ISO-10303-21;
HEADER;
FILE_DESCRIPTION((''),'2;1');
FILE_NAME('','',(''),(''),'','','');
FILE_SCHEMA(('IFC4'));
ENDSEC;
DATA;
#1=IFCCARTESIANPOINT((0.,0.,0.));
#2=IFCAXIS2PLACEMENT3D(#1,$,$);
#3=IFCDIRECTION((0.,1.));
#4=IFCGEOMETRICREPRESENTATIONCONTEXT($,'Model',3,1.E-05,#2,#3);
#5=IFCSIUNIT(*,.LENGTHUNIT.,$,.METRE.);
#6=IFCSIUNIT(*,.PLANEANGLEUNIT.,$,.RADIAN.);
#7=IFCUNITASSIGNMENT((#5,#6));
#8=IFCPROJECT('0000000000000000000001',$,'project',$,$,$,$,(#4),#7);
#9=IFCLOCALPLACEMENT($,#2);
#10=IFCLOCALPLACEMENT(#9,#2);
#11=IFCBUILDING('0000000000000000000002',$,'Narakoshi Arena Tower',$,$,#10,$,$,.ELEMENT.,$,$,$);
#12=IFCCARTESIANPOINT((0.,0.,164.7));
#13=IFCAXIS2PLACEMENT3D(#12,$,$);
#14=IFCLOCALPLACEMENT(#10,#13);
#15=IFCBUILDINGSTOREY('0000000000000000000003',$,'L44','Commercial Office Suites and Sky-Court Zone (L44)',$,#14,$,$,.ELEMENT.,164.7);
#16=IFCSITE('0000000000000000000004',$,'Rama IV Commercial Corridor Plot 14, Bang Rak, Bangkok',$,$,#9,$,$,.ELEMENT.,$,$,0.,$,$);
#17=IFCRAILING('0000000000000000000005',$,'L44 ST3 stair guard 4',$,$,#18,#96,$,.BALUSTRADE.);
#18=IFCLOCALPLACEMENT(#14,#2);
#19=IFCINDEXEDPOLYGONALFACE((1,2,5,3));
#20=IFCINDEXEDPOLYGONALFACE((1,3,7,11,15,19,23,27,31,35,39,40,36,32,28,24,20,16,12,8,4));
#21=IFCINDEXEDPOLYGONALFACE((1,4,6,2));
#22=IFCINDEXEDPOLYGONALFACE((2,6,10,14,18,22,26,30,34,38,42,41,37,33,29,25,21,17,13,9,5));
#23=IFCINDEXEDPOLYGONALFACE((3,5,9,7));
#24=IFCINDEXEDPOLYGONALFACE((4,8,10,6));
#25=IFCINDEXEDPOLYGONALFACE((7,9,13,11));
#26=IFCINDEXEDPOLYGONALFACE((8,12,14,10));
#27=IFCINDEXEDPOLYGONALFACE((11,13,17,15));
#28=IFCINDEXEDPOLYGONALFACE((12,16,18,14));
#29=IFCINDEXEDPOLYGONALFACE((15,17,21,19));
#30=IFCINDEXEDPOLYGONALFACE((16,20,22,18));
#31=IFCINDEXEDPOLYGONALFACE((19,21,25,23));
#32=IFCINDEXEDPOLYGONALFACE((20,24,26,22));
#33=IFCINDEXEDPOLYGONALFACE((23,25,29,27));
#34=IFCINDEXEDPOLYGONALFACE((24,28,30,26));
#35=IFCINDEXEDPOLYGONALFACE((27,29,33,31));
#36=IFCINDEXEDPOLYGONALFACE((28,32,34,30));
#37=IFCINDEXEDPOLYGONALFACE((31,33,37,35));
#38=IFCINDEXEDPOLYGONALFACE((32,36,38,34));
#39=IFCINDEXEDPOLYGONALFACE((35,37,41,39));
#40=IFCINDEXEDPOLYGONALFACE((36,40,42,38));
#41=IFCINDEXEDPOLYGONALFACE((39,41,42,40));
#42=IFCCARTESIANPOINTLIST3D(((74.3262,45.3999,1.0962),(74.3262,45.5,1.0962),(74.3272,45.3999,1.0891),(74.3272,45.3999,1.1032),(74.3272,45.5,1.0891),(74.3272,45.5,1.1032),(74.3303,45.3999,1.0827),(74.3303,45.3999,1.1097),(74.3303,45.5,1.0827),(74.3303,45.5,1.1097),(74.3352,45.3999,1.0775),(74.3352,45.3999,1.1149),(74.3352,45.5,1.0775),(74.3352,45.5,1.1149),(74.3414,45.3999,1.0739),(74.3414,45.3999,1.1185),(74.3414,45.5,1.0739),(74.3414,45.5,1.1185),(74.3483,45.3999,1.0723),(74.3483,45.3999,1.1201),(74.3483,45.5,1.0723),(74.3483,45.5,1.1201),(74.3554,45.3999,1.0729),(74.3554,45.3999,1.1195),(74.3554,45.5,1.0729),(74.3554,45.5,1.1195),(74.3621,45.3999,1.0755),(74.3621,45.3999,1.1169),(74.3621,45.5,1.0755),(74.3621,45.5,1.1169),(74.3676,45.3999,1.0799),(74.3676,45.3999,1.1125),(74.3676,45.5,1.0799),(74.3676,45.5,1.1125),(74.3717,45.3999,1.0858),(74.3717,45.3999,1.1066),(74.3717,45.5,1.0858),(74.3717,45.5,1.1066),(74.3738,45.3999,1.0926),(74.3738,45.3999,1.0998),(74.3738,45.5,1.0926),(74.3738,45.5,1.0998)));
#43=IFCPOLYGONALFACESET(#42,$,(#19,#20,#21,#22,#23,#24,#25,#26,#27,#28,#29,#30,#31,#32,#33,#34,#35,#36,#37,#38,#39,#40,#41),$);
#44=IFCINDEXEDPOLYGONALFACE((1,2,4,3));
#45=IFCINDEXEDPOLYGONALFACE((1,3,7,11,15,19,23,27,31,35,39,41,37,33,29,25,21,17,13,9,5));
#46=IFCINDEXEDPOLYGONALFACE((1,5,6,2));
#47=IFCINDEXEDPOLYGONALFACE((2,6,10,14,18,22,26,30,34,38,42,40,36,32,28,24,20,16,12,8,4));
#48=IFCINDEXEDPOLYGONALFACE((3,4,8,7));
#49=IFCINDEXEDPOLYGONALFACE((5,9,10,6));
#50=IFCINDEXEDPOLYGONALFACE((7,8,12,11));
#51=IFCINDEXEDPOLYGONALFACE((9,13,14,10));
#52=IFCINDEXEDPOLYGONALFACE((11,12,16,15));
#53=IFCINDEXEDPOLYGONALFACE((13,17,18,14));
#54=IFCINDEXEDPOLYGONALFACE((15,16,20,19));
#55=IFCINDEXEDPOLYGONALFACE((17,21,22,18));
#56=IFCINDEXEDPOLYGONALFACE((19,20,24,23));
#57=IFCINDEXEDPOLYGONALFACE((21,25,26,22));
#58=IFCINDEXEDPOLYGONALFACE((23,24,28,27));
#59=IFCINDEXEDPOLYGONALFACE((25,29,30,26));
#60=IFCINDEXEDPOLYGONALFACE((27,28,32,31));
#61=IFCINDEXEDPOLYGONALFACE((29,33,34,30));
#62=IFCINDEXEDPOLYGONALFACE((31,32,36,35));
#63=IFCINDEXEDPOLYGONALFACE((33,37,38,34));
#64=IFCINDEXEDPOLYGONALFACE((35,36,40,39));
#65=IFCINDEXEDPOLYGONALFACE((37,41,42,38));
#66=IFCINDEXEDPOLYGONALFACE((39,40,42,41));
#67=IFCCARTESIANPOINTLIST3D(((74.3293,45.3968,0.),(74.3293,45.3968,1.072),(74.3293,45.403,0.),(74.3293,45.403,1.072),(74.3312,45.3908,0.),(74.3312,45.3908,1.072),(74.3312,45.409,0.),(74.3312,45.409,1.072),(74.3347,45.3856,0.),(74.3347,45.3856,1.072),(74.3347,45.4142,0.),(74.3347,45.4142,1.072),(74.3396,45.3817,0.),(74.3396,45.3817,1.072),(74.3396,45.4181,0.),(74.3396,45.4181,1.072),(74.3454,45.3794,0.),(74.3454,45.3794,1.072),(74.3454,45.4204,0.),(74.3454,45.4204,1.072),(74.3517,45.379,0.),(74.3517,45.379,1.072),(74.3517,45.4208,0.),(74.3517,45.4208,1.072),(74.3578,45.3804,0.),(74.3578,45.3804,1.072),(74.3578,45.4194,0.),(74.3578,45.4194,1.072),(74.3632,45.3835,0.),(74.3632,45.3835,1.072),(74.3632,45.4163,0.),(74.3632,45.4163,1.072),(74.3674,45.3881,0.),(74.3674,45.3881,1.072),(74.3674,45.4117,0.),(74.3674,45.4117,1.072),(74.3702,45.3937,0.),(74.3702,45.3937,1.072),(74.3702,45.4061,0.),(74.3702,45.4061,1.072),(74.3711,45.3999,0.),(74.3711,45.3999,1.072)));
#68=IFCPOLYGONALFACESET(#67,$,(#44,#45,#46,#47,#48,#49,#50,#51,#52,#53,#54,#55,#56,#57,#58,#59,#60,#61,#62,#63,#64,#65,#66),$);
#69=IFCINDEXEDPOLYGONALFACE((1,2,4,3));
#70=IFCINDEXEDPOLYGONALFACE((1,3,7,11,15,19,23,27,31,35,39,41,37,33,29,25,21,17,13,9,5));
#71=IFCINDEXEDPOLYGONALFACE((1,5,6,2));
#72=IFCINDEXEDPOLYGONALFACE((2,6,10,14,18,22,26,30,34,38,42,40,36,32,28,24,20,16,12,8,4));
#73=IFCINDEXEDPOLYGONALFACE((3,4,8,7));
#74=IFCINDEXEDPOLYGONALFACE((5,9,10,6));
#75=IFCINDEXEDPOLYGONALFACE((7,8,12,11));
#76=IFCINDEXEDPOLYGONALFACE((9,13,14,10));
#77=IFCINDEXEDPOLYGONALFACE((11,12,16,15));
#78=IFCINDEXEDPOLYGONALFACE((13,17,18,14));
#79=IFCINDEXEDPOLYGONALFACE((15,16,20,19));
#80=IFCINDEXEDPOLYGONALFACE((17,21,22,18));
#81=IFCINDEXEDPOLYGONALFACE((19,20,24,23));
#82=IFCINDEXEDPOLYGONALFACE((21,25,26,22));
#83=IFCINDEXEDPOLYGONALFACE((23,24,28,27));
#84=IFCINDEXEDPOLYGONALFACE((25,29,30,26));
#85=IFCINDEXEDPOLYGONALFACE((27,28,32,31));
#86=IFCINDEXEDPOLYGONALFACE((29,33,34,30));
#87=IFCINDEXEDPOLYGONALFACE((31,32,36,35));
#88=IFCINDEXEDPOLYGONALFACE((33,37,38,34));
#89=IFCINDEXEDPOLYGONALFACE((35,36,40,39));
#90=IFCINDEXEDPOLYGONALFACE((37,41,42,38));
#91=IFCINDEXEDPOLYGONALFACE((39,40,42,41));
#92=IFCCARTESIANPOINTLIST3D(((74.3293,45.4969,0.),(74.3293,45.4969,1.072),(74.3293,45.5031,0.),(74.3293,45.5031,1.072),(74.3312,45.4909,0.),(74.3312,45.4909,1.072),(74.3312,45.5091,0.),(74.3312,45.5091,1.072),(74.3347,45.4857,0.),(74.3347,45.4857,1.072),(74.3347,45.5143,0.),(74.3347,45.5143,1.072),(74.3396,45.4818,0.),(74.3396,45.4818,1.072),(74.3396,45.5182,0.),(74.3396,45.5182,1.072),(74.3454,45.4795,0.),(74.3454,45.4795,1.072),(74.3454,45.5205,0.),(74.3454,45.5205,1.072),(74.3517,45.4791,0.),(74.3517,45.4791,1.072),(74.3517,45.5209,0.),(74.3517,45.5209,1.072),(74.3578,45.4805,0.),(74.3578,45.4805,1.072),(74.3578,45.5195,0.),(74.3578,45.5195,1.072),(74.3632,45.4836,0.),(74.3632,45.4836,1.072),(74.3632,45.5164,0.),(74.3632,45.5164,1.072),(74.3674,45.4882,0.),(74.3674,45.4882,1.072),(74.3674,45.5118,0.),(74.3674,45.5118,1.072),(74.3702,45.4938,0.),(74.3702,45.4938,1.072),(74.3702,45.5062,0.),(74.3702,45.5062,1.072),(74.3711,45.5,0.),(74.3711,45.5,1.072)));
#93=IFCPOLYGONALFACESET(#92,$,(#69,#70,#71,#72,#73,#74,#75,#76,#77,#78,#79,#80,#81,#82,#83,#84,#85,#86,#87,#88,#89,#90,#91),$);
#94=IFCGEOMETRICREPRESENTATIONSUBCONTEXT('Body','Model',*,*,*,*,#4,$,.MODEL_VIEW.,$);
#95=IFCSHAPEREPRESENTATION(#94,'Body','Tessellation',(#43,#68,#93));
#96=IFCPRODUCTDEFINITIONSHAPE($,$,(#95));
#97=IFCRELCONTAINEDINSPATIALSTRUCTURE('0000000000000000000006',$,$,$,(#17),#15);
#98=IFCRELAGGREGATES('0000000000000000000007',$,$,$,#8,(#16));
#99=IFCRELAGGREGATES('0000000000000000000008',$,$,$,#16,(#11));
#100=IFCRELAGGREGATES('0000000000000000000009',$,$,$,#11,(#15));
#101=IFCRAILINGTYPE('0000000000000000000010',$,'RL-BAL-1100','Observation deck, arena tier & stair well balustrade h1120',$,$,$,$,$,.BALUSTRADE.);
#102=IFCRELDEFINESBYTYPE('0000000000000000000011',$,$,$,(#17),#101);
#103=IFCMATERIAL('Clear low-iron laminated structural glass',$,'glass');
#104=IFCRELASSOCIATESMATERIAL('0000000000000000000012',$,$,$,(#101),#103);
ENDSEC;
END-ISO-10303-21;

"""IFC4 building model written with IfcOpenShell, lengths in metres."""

from ifc_helpers import new_model, si_unit, direction, frame, origin, origin_2d, place, context, subcontext, project, spatial, circle, extrude, material, type_object, element, save


model = new_model("IFC4")

# Units and contexts
model_context = context("Model", 3, precision=1e-05, world=origin(), true_north=direction((0.0, 1.0)))
body_context = subcontext(model_context, "Body", "Model", "MODEL_VIEW")
ifc_project = project(units=[si_unit("LENGTHUNIT", "METRE"), si_unit("PLANEANGLEUNIT", "RADIAN")], contexts=[model_context])

# Site, building, storey
site_placement = place(None, origin())
site = spatial("IfcSite", under=ifc_project, at=site_placement, Name="Rama IV Commercial Corridor Plot 14, Bang Rak, Bangkok", CompositionType="ELEMENT", RefElevation=0.0)
building_placement = place(site_placement, origin())
building = spatial("IfcBuilding", under=site, at=building_placement, Name="Narakoshi Arena Tower", CompositionType="ELEMENT")
storey_placement = place(building_placement, frame((0.0, 0.0, 164.7)))
storey = spatial("IfcBuildingStorey", under=building, at=storey_placement, Name="L44", Description="Commercial Office Suites and Sky-Court Zone (L44)", CompositionType="ELEMENT", Elevation=164.7)

# Railing
ifc_material_1 = material(Name="Clear low-iron laminated structural glass", Category="glass")
railing_type_1 = type_object("IfcRailingType", Name="RL-BAL-1100", Description="Observation deck, arena tier & stair well balustrade h1120", PredefinedType="BALUSTRADE", material=ifc_material_1)
railing_1_placement = place(storey_placement, frame((74.3501, 45.3999, 0.0)))
element("IfcRailing", 1, at=railing_1_placement, inside=storey, type_object=railing_type_1, Name="L44 ST3 stair guard 4", PredefinedType="BALUSTRADE", context=body_context, shape_type="SweptSolid", body=[
    extrude(circle(Radius=0.0239, at=origin_2d()), frame((0.0, 0.0, 1.0962), z_axis=(0.0, 1.0, 0.0), x_axis=(-1.0, 0.0, 0.0)), (0.0, 0.0, 1.0), 0.1001),
    extrude(circle(Radius=0.021, at=origin_2d()), origin(), (0.0, 0.0, 1.0), 1.072),
    extrude(circle(Radius=0.021, at=origin_2d()), frame((0.0, 0.1001, 0.0)), (0.0, 0.0, 1.0), 1.072),
])

save(model, "model.ifc")
